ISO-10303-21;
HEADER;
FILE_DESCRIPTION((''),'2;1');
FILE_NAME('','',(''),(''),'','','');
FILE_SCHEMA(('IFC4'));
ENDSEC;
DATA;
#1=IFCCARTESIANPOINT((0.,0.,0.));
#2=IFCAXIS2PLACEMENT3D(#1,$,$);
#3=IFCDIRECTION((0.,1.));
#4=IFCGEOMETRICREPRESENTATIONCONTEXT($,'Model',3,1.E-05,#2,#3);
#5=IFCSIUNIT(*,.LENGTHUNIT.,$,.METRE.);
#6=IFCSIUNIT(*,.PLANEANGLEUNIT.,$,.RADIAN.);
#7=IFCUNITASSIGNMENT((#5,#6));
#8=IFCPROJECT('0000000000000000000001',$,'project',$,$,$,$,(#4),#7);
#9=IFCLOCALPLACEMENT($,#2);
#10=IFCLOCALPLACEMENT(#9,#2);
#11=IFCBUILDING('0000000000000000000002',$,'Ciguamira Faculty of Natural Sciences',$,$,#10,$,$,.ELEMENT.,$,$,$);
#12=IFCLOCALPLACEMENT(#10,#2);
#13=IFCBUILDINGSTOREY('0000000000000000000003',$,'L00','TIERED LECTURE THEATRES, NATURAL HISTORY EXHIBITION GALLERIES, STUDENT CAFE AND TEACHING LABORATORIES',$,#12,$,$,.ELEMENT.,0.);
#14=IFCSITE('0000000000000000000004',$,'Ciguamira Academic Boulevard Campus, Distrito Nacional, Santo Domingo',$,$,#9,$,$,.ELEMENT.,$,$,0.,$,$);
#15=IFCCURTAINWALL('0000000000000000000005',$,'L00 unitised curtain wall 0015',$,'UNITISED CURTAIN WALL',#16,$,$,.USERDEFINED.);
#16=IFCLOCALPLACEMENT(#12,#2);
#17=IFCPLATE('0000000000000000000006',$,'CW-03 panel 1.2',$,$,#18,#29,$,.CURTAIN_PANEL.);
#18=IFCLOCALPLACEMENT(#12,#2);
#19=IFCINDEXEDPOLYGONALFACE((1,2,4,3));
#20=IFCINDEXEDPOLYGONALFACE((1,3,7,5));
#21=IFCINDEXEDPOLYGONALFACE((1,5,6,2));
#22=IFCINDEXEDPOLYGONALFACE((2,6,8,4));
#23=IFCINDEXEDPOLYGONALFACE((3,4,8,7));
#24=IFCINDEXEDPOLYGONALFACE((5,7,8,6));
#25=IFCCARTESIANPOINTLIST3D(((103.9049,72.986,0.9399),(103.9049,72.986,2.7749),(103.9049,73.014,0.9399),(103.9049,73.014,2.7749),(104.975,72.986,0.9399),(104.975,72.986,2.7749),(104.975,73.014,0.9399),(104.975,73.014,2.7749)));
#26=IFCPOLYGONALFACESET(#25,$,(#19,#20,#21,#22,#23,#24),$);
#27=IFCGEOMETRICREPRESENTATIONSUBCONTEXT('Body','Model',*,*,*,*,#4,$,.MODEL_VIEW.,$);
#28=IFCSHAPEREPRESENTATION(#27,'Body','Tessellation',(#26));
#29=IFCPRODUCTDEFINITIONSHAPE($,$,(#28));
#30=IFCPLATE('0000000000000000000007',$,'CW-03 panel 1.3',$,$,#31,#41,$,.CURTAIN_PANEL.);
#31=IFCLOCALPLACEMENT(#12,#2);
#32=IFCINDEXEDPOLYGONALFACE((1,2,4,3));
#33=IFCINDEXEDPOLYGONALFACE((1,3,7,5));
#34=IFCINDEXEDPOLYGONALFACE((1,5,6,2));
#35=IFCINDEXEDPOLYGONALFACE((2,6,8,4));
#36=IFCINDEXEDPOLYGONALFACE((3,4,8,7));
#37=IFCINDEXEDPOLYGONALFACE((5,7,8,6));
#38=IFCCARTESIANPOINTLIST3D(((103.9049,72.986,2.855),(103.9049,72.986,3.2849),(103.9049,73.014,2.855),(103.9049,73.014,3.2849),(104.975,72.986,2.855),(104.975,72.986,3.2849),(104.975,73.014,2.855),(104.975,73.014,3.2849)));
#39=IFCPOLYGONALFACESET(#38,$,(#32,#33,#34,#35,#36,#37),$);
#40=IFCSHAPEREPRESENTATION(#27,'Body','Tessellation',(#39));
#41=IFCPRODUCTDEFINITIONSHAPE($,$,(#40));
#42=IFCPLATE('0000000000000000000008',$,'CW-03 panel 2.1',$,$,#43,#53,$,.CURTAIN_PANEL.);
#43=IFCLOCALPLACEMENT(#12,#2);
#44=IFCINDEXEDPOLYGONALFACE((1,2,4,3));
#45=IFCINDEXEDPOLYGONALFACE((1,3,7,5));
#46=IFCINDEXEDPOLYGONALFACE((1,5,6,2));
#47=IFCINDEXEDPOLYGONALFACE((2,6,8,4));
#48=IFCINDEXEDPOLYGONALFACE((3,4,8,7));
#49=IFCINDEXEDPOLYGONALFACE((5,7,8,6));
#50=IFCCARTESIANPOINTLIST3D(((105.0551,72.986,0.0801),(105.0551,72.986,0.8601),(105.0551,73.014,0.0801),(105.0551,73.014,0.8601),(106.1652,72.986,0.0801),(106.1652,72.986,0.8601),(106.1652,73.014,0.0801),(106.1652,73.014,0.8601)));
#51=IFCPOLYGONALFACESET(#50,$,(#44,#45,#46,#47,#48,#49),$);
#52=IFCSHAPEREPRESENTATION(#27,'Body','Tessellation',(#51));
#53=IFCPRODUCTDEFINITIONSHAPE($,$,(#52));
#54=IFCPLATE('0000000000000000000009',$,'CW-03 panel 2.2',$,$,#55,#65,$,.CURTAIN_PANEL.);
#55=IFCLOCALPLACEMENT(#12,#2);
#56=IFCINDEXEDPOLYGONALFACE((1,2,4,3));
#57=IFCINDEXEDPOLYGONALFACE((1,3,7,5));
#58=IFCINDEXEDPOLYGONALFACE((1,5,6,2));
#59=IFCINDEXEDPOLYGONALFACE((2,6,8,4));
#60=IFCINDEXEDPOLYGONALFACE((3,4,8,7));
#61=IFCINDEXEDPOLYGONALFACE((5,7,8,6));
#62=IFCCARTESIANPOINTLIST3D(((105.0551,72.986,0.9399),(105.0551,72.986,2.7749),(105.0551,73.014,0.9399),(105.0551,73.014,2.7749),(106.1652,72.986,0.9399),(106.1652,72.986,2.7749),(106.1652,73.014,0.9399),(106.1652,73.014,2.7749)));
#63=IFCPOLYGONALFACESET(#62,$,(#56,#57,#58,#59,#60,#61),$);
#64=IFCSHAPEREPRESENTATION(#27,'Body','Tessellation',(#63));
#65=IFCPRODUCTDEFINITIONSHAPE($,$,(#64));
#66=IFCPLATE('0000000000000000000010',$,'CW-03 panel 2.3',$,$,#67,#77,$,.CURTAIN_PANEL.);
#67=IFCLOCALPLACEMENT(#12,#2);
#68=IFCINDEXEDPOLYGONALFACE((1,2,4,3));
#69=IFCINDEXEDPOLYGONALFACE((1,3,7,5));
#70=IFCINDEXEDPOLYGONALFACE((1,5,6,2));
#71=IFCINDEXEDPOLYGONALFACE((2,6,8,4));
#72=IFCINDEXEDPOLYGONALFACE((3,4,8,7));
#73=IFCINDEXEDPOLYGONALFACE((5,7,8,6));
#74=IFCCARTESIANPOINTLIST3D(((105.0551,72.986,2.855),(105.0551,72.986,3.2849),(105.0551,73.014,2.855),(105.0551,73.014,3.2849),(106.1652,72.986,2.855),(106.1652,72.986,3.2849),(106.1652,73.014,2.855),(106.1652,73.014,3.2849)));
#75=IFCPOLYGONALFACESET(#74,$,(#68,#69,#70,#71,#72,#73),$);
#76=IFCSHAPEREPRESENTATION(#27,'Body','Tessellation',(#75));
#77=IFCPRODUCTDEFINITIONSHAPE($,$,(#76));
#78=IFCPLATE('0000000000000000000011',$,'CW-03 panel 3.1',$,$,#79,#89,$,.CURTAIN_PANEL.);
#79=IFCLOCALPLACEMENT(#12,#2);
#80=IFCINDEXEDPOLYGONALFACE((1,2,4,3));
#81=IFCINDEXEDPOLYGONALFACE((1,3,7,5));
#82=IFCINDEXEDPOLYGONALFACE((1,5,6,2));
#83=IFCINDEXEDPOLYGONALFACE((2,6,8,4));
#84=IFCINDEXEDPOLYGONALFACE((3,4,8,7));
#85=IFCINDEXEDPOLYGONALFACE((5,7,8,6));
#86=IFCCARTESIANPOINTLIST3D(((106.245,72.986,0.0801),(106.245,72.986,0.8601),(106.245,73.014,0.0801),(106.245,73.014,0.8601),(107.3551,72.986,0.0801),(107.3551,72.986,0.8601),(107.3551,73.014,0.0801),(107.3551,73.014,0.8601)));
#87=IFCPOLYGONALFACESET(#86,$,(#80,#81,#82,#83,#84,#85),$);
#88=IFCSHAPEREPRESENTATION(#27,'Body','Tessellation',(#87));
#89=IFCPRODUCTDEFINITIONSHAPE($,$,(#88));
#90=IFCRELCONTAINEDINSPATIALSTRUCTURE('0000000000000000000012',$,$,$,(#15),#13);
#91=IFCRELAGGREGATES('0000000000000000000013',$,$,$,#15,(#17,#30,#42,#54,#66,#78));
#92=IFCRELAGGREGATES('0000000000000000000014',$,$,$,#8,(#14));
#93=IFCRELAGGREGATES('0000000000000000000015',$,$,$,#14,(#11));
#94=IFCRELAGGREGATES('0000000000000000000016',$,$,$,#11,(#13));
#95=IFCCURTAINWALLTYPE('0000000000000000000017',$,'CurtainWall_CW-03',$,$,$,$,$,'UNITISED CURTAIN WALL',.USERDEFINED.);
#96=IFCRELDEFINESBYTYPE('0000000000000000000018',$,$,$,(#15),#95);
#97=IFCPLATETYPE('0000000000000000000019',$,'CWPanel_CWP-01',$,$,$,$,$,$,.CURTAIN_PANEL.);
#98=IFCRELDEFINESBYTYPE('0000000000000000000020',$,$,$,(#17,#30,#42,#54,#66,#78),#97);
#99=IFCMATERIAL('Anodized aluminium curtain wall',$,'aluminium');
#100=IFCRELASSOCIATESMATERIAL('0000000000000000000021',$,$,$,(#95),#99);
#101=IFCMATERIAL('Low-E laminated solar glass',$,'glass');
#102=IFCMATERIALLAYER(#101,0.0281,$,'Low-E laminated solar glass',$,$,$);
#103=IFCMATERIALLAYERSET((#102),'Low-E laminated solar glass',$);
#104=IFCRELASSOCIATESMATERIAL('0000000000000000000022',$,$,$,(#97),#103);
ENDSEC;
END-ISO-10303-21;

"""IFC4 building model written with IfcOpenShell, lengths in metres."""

from ifc_helpers import new_model, si_unit, direction, frame, origin, origin_2d, place, context, subcontext, project, spatial, rectangle, extrude, material, layer, layer_set, type_object, element, aggregate, save


model = new_model("IFC4")

# Units and contexts
model_context = context("Model", 3, precision=1e-05, world=origin(), true_north=direction((0.0, 1.0)))
body_context = subcontext(model_context, "Body", "Model", "MODEL_VIEW")
ifc_project = project(units=[si_unit("LENGTHUNIT", "METRE"), si_unit("PLANEANGLEUNIT", "RADIAN")], contexts=[model_context])

# Site, building, storey
site_placement = place(None, origin())
site = spatial("IfcSite", under=ifc_project, at=site_placement, Name="Ciguamira Academic Boulevard Campus, Distrito Nacional, Santo Domingo", CompositionType="ELEMENT", RefElevation=0.0)
building_placement = place(site_placement, origin())
building = spatial("IfcBuilding", under=site, at=building_placement, Name="Ciguamira Faculty of Natural Sciences", CompositionType="ELEMENT")
storey_placement = place(building_placement, origin())
storey = spatial("IfcBuildingStorey", under=building, at=storey_placement, Name="L00", Description="TIERED LECTURE THEATRES, NATURAL HISTORY EXHIBITION GALLERIES, STUDENT CAFE AND TEACHING LABORATORIES", CompositionType="ELEMENT", Elevation=0.0)

# Curtain wall, plates
ifc_material_1 = material(Name="Anodized aluminium curtain wall", Category="aluminium")
curtain_wall_type = type_object("IfcCurtainWallType", Name="CurtainWall_CW-03", ElementType="UNITISED CURTAIN WALL", PredefinedType="USERDEFINED", material=ifc_material_1)
curtain_wall_placement = place(storey_placement, origin())
curtain_wall = element("IfcCurtainWall", 1, at=curtain_wall_placement, inside=storey, type_object=curtain_wall_type, Name="L00 unitised curtain wall 0015", ObjectType="UNITISED CURTAIN WALL", PredefinedType="USERDEFINED")
ifc_material_2 = material(Name="Low-E laminated solar glass", Category="glass")
ifc_layer = layer(ifc_material_2, 0.0281, Name="Low-E laminated solar glass")
ifc_layer_set = layer_set([ifc_layer], Name="Low-E laminated solar glass")
plate_type = type_object("IfcPlateType", Name="CWPanel_CWP-01", PredefinedType="CURTAIN_PANEL", material=ifc_layer_set)
plate_1_placement = place(storey_placement, frame((104.4399, 73.0, 0.9399), z_axis=(0.0, 0.0, 1.0), x_axis=(1.0, 0.0, 0.0)))
plate_1 = element("IfcPlate", 2, at=plate_1_placement, type_object=plate_type, Name="CW-03 panel 1.2", PredefinedType="CURTAIN_PANEL", context=body_context, shape_type="SweptSolid", body=[
    extrude(rectangle(XDim=1.0701, YDim=0.0281, at=origin_2d()), origin(), (0.0, 0.0, 1.0), 1.835),
])
plate_2_placement = place(storey_placement, frame((104.4399, 73.0, 2.855), z_axis=(0.0, 0.0, 1.0), x_axis=(1.0, 0.0, 0.0)))
plate_2 = element("IfcPlate", 3, at=plate_2_placement, type_object=plate_type, Name="CW-03 panel 1.3", PredefinedType="CURTAIN_PANEL", context=body_context, shape_type="SweptSolid", body=[
    extrude(rectangle(XDim=1.0701, YDim=0.0281, at=origin_2d()), origin(), (0.0, 0.0, 1.0), 0.4299),
])
plate_3_placement = place(storey_placement, frame((105.6101, 73.0, 0.0801), z_axis=(0.0, 0.0, 1.0), x_axis=(1.0, 0.0, 0.0)))
plate_3 = element("IfcPlate", 4, at=plate_3_placement, type_object=plate_type, Name="CW-03 panel 2.1", PredefinedType="CURTAIN_PANEL", context=body_context, shape_type="SweptSolid", body=[
    extrude(rectangle(XDim=1.1101, YDim=0.0281, at=origin_2d()), origin(), (0.0, 0.0, 1.0), 0.78),
])
plate_4_placement = place(storey_placement, frame((105.6101, 73.0, 0.9399), z_axis=(0.0, 0.0, 1.0), x_axis=(1.0, 0.0, 0.0)))
plate_4 = element("IfcPlate", 5, at=plate_4_placement, type_object=plate_type, Name="CW-03 panel 2.2", PredefinedType="CURTAIN_PANEL", context=body_context, shape_type="SweptSolid", body=[
    extrude(rectangle(XDim=1.1101, YDim=0.0281, at=origin_2d()), origin(), (0.0, 0.0, 1.0), 1.835),
])
plate_5_placement = place(storey_placement, frame((105.6101, 73.0, 2.855), z_axis=(0.0, 0.0, 1.0), x_axis=(1.0, 0.0, 0.0)))
plate_5 = element("IfcPlate", 6, at=plate_5_placement, type_object=plate_type, Name="CW-03 panel 2.3", PredefinedType="CURTAIN_PANEL", context=body_context, shape_type="SweptSolid", body=[
    extrude(rectangle(XDim=1.1101, YDim=0.0281, at=origin_2d()), origin(), (0.0, 0.0, 1.0), 0.4299),
])
plate_6_placement = place(storey_placement, frame((106.8, 73.0, 0.0801), z_axis=(0.0, 0.0, 1.0), x_axis=(1.0, 0.0, 0.0)))
plate_6 = element("IfcPlate", 7, at=plate_6_placement, type_object=plate_type, Name="CW-03 panel 3.1", PredefinedType="CURTAIN_PANEL", context=body_context, shape_type="SweptSolid", body=[
    extrude(rectangle(XDim=1.1101, YDim=0.0281, at=origin_2d()), origin(), (0.0, 0.0, 1.0), 0.78),
])
aggregate(curtain_wall, [plate_1, plate_2, plate_3, plate_4, plate_5, plate_6])

save(model, "model.ifc")
